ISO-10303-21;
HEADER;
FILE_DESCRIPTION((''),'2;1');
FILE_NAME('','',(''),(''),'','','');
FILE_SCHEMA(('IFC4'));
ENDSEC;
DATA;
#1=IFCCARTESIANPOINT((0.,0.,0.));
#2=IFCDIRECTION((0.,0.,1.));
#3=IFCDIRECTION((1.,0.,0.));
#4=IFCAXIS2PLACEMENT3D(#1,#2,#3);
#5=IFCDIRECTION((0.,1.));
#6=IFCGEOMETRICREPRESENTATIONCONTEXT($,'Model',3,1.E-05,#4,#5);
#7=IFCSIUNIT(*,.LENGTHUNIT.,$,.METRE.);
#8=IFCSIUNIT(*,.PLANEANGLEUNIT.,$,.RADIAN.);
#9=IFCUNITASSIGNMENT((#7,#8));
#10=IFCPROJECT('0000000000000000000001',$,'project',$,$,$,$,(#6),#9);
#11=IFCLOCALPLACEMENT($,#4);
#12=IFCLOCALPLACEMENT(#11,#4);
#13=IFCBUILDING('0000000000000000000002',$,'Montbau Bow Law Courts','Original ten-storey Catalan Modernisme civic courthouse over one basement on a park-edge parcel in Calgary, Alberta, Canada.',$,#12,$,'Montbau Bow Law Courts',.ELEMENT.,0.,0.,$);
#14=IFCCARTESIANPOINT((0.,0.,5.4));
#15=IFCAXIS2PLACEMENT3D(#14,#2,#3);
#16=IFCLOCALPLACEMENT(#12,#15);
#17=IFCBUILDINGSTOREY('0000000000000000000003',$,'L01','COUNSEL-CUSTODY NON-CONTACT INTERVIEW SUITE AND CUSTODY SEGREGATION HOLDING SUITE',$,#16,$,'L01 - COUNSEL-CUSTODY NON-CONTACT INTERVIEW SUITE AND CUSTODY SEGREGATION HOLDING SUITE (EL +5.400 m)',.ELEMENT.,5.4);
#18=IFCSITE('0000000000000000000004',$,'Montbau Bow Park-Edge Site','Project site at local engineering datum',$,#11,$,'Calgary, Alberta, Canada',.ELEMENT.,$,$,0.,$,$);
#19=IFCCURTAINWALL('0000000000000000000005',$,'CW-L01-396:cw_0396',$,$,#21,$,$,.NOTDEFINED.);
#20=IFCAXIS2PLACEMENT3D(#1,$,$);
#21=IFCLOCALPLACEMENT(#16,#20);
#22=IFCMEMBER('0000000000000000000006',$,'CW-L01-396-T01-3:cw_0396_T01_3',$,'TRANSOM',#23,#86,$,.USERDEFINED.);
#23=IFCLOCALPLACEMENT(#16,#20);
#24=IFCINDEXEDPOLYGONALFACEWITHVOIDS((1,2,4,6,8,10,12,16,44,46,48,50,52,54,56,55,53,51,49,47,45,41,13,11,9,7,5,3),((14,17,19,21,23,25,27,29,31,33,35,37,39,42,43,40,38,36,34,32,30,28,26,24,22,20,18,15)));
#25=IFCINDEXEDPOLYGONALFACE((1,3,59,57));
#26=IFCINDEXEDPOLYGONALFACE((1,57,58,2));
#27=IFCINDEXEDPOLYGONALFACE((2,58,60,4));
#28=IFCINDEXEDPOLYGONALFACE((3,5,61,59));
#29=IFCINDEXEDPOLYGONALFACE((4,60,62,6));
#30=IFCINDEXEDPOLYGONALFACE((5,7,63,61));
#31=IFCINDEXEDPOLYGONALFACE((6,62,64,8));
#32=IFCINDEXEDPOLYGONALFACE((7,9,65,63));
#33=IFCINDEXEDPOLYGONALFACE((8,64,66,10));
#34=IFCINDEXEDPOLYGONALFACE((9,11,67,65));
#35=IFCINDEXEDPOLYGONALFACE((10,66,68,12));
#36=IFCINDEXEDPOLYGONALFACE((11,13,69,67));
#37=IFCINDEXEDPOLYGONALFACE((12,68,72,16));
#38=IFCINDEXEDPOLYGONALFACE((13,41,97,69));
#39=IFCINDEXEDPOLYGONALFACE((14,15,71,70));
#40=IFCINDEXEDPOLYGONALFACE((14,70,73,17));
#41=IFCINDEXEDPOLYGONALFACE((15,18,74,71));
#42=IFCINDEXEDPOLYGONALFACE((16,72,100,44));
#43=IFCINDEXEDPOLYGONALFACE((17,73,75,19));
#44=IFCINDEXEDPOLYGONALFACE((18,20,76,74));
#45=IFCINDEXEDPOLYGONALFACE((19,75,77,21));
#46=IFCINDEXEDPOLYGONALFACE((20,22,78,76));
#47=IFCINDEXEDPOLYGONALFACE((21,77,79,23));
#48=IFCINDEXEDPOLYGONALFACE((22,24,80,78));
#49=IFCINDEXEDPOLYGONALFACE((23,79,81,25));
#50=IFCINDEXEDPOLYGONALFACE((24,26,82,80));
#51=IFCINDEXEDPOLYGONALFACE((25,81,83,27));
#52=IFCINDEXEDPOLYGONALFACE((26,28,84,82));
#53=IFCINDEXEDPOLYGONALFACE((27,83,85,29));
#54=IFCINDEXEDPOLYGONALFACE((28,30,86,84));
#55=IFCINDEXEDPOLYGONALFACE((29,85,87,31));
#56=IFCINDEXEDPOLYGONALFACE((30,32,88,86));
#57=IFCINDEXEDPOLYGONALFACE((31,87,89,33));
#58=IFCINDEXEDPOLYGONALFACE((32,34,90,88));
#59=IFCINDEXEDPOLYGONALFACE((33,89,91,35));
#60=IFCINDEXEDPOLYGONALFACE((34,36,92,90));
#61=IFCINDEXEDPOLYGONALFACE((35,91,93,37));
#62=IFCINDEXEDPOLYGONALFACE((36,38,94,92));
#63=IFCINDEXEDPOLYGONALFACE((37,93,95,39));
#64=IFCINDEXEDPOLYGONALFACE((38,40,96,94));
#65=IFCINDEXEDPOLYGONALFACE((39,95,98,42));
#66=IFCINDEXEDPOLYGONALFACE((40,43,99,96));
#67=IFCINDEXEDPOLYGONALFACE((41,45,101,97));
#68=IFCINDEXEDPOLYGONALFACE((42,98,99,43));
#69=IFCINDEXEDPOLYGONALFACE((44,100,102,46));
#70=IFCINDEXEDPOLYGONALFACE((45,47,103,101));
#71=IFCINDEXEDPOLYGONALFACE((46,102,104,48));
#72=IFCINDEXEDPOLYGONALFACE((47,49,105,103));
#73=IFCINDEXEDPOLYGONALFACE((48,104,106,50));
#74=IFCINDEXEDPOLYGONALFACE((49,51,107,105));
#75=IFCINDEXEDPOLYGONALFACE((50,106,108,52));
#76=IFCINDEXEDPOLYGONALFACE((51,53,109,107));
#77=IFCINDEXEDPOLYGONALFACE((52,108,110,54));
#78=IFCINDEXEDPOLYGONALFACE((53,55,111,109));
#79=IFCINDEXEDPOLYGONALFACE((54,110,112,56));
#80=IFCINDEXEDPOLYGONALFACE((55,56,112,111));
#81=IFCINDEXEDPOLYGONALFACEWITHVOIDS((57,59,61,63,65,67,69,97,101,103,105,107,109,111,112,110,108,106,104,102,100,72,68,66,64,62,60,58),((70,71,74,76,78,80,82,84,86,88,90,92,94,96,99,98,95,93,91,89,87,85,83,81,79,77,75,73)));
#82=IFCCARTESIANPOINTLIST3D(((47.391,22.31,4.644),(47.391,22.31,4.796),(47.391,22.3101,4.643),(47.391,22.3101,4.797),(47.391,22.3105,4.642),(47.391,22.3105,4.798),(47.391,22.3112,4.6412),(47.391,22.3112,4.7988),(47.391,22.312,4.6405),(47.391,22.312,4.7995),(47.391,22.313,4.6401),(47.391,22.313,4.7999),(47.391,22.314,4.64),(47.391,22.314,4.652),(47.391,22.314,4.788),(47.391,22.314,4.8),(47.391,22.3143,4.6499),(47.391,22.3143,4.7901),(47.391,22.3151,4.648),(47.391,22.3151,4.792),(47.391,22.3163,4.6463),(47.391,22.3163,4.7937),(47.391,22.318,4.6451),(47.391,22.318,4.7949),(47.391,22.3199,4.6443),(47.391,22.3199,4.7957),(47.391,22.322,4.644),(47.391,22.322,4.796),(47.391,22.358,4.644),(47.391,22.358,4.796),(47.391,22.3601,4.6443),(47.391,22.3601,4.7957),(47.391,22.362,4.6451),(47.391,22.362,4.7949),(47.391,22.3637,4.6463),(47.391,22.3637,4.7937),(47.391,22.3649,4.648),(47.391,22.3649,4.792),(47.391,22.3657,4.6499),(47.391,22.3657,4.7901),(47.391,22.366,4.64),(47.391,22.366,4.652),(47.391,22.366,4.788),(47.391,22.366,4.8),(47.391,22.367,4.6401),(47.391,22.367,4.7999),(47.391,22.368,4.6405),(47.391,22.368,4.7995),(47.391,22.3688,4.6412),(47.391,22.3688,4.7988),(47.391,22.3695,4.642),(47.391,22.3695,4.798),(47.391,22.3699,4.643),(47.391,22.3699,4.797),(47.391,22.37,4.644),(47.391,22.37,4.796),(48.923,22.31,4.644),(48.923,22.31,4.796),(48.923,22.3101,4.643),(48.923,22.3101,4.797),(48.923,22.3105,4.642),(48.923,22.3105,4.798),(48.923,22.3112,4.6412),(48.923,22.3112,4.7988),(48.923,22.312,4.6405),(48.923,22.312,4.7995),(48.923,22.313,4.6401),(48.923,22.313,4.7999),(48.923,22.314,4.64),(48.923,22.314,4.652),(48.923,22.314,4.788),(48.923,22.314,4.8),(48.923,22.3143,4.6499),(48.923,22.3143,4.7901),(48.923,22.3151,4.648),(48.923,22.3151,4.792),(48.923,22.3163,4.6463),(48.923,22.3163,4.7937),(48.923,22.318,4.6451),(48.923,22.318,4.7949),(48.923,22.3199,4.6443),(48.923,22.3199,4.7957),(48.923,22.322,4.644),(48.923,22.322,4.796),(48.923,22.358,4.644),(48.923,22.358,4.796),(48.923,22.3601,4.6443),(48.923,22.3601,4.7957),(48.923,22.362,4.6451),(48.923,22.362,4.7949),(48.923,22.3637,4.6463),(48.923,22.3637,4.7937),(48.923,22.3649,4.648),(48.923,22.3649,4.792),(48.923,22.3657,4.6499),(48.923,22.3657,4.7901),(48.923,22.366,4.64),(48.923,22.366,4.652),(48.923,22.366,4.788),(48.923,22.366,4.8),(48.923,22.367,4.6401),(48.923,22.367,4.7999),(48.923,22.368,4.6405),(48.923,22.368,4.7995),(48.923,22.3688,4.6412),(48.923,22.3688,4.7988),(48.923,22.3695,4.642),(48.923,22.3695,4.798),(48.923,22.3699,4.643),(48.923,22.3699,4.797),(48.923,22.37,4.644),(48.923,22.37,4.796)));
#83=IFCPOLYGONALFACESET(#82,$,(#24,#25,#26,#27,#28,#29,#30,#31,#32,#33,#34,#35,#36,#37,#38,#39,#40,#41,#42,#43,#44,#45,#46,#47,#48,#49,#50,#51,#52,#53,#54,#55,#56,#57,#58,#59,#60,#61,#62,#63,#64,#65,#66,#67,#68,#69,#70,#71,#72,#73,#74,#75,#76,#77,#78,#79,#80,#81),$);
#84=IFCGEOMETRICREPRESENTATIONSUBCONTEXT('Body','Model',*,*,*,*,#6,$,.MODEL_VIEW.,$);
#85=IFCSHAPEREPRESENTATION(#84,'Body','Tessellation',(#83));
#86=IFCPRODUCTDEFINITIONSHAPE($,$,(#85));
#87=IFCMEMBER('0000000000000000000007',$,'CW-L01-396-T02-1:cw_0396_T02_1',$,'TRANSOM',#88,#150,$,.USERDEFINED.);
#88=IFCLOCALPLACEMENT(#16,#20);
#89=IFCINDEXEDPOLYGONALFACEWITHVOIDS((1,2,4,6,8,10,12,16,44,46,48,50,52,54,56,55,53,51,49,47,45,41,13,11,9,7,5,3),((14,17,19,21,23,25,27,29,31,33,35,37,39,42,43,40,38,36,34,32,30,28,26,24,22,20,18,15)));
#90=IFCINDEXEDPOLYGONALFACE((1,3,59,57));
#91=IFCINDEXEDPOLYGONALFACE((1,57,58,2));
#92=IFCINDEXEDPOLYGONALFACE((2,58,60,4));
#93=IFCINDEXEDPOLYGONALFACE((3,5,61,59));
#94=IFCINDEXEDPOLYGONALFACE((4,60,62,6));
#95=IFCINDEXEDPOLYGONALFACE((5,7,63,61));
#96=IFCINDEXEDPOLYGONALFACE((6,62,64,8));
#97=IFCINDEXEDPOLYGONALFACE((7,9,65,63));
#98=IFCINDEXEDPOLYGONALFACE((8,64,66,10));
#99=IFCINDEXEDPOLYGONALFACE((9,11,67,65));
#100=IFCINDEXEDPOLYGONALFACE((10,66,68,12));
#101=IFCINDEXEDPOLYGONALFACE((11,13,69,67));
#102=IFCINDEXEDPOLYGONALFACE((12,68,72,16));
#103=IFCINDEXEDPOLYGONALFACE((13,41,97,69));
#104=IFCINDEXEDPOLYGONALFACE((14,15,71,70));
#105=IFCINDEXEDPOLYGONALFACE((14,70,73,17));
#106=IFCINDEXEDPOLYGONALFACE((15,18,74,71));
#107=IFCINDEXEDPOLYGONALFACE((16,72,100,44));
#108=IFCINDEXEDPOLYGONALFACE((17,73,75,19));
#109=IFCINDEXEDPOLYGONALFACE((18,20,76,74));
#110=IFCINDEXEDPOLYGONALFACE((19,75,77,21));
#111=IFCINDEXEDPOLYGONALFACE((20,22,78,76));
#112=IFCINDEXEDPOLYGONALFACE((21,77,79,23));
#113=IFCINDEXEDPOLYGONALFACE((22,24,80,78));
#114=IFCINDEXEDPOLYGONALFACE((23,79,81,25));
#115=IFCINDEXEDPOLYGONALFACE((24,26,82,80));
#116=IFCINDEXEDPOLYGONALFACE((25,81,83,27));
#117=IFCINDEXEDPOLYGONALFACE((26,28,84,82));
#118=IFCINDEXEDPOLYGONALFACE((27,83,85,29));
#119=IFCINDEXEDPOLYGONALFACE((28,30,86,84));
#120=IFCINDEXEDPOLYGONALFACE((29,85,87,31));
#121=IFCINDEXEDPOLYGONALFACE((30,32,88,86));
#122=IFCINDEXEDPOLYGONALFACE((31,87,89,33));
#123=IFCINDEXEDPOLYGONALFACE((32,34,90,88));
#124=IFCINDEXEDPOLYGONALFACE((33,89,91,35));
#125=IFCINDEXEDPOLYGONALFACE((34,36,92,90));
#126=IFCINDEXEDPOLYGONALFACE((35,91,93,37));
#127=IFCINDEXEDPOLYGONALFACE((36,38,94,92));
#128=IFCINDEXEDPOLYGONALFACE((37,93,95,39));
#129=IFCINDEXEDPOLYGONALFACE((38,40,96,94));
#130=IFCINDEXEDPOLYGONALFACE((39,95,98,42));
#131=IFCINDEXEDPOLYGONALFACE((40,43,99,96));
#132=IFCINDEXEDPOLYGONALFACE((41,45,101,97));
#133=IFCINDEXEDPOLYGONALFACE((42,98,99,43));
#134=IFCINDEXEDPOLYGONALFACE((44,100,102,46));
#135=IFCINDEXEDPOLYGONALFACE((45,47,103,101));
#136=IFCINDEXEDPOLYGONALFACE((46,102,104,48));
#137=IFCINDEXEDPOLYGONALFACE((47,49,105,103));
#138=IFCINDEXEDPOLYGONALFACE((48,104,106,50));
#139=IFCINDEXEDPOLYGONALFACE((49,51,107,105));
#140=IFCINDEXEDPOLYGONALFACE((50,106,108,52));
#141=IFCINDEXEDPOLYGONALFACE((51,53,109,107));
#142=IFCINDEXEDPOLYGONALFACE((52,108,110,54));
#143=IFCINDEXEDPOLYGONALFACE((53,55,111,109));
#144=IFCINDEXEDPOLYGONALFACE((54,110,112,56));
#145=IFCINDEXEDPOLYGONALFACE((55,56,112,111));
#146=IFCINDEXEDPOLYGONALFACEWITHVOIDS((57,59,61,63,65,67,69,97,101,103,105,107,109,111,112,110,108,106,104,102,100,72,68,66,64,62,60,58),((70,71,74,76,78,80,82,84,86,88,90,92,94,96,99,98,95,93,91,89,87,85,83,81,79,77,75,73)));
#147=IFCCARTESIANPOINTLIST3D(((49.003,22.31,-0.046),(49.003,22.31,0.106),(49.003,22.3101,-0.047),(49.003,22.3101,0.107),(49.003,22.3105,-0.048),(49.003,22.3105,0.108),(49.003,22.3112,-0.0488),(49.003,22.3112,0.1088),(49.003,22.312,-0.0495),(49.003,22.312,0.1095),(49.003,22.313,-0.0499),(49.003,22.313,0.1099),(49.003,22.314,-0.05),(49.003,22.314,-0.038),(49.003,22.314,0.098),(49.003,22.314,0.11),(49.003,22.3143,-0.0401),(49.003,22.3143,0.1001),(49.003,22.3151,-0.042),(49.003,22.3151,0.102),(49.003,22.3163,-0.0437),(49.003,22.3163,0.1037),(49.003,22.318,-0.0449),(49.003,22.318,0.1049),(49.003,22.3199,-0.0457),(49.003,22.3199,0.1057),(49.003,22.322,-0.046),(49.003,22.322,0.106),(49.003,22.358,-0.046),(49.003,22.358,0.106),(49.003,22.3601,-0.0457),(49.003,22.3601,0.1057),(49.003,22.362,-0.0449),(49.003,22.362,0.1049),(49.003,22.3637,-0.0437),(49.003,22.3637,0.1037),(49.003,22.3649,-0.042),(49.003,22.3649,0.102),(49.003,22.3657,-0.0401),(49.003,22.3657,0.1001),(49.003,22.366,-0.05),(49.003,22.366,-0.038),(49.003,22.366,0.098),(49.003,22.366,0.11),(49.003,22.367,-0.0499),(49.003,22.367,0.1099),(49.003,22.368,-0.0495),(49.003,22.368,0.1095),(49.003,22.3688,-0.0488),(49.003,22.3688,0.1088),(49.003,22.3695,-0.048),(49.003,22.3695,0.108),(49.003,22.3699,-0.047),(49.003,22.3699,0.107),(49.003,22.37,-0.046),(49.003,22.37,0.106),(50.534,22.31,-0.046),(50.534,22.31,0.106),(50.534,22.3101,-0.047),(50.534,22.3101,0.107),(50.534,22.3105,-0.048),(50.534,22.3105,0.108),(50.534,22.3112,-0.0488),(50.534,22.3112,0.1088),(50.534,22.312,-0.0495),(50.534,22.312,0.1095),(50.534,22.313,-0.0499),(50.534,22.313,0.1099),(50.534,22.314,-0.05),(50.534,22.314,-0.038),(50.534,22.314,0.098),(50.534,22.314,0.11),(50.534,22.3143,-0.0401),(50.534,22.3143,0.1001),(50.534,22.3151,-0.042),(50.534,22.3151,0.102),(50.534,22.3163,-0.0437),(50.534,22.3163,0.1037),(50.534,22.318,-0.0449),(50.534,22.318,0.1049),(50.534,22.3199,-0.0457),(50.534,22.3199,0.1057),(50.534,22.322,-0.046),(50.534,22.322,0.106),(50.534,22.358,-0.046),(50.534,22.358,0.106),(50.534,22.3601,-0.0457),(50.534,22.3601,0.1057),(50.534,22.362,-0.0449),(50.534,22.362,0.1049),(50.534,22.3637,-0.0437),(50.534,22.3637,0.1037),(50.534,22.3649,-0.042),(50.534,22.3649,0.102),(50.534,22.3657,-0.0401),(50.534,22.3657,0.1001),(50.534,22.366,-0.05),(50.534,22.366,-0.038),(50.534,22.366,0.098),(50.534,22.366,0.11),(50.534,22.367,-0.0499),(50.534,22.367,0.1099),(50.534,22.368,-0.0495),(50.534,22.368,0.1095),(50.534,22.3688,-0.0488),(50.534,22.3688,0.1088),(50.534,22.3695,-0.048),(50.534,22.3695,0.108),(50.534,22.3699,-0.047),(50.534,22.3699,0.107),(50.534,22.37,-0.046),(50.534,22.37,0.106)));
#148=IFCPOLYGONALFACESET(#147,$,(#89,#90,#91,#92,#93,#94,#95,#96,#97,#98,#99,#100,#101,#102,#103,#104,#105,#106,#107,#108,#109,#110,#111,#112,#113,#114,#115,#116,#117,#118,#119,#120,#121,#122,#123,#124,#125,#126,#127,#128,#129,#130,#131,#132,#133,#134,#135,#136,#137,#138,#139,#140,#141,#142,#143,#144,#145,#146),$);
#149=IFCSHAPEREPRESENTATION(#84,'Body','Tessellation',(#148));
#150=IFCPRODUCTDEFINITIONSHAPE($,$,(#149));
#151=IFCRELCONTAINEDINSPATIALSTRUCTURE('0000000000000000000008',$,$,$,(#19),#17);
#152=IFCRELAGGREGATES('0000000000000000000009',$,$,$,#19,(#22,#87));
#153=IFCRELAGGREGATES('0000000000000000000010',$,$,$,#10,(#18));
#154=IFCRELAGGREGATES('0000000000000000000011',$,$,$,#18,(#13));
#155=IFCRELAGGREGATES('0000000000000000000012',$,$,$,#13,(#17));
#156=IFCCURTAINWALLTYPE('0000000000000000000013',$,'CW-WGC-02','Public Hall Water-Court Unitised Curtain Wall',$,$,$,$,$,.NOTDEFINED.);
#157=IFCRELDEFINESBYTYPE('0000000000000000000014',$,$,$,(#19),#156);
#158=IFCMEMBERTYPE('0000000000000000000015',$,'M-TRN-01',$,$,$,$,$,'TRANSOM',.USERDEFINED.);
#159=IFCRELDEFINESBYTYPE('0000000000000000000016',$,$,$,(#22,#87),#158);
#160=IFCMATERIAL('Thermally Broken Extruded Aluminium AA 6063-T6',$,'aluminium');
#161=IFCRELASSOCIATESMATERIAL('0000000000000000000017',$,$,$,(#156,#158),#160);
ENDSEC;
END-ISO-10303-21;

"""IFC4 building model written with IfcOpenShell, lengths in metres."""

from ifc_helpers import new_model, si_unit, direction, frame, origin_with_axes, origin_2d_with_axis, place, context, subcontext, project, spatial, hollow_rectangle, extrude, material, material_profile, profile_set, type_object, element, aggregate, save


model = new_model("IFC4")

# Units and contexts
model_context = context("Model", 3, precision=1e-05, world=origin_with_axes(), true_north=direction((0.0, 1.0)))
body_context = subcontext(model_context, "Body", "Model", "MODEL_VIEW")
ifc_project = project(units=[si_unit("LENGTHUNIT", "METRE"), si_unit("PLANEANGLEUNIT", "RADIAN")], contexts=[model_context])

# Site, building, storey
site_placement = place(None, origin_with_axes())
site = spatial("IfcSite", under=ifc_project, at=site_placement, Name="Montbau Bow Park-Edge Site", Description="Project site at local engineering datum", LongName="Calgary, Alberta, Canada", CompositionType="ELEMENT", RefElevation=0.0)
building_placement = place(site_placement, origin_with_axes())
building = spatial("IfcBuilding", under=site, at=building_placement, Name="Montbau Bow Law Courts", Description="Original ten-storey Catalan Modernisme civic courthouse over one basement on a park-edge parcel in Calgary, Alberta, Canada.", LongName="Montbau Bow Law Courts", CompositionType="ELEMENT", ElevationOfRefHeight=0.0, ElevationOfTerrain=0.0)
storey_placement = place(building_placement, frame((0.0, 0.0, 5.4), z_axis=(0.0, 0.0, 1.0), x_axis=(1.0, 0.0, 0.0)))
storey = spatial("IfcBuildingStorey", under=building, at=storey_placement, Name="L01", Description="COUNSEL-CUSTODY NON-CONTACT INTERVIEW SUITE AND CUSTODY SEGREGATION HOLDING SUITE", LongName="L01 - COUNSEL-CUSTODY NON-CONTACT INTERVIEW SUITE AND CUSTODY SEGREGATION HOLDING SUITE (EL +5.400 m)", CompositionType="ELEMENT", Elevation=5.4)

# Curtain wall
ifc_material_1 = material(Name="Thermally Broken Extruded Aluminium AA 6063-T6", Category="aluminium")
curtain_wall_type_1 = type_object("IfcCurtainWallType", Name="CW-WGC-02", Description="Public Hall Water-Court Unitised Curtain Wall", PredefinedType="NOTDEFINED", material=ifc_material_1)
curtain_wall_1_placement = place(None, frame((47.315, 22.34, 5.4), z_axis=(0.0, 0.0, 1.0), x_axis=(1.0, 0.0, 0.0)))
curtain_wall_1 = element("IfcCurtainWall", 1, at=curtain_wall_1_placement, inside=storey, type_object=curtain_wall_type_1, Name="CW-L01-396:cw_0396", PredefinedType="NOTDEFINED")

# Members
ifc_material_profile_1 = material_profile(ifc_material_1, hollow_rectangle(XDim=0.06, YDim=0.16, WallThickness=0.004, InnerFilletRadius=0.008, OuterFilletRadius=0.004, at=origin_2d_with_axis()), Name="CWT-160X60", Category="Main", Priority=0)
ifc_profile_set_1 = profile_set([ifc_material_profile_1], Name="Thermally Broken Extruded Aluminium AA 6063-T6")
member_type_1 = type_object("IfcMemberType", Name="M-TRN-01", ElementType="TRANSOM", PredefinedType="USERDEFINED", material=ifc_profile_set_1)
member_1_placement = place(None, frame((47.391, 22.34, 10.12), z_axis=(1.0, 0.0, 0.0), x_axis=(0.0, 1.0, 0.0)))
member_1 = element("IfcMember", 2, at=member_1_placement, type_object=member_type_1, Name="CW-L01-396-T01-3:cw_0396_T01_3", ObjectType="TRANSOM", PredefinedType="USERDEFINED", context=body_context, shape_type="SweptSolid", body=[
    extrude(hollow_rectangle(XDim=0.06, YDim=0.16, WallThickness=0.004, InnerFilletRadius=0.008, OuterFilletRadius=0.004, at=origin_2d_with_axis()), origin_with_axes(), (0.0, 0.0, 1.0), 1.532),
])
member_2_placement = place(None, frame((49.003, 22.34, 5.43), z_axis=(1.0, 0.0, 0.0), x_axis=(0.0, 1.0, 0.0)))
member_2 = element("IfcMember", 3, at=member_2_placement, type_object=member_type_1, Name="CW-L01-396-T02-1:cw_0396_T02_1", ObjectType="TRANSOM", PredefinedType="USERDEFINED", context=body_context, shape_type="SweptSolid", body=[
    extrude(hollow_rectangle(XDim=0.06, YDim=0.16, WallThickness=0.004, InnerFilletRadius=0.008, OuterFilletRadius=0.004, at=origin_2d_with_axis()), origin_with_axes(), (0.0, 0.0, 1.0), 1.531),
])

aggregate(curtain_wall_1, [member_1, member_2])

save(model, "model.ifc")
